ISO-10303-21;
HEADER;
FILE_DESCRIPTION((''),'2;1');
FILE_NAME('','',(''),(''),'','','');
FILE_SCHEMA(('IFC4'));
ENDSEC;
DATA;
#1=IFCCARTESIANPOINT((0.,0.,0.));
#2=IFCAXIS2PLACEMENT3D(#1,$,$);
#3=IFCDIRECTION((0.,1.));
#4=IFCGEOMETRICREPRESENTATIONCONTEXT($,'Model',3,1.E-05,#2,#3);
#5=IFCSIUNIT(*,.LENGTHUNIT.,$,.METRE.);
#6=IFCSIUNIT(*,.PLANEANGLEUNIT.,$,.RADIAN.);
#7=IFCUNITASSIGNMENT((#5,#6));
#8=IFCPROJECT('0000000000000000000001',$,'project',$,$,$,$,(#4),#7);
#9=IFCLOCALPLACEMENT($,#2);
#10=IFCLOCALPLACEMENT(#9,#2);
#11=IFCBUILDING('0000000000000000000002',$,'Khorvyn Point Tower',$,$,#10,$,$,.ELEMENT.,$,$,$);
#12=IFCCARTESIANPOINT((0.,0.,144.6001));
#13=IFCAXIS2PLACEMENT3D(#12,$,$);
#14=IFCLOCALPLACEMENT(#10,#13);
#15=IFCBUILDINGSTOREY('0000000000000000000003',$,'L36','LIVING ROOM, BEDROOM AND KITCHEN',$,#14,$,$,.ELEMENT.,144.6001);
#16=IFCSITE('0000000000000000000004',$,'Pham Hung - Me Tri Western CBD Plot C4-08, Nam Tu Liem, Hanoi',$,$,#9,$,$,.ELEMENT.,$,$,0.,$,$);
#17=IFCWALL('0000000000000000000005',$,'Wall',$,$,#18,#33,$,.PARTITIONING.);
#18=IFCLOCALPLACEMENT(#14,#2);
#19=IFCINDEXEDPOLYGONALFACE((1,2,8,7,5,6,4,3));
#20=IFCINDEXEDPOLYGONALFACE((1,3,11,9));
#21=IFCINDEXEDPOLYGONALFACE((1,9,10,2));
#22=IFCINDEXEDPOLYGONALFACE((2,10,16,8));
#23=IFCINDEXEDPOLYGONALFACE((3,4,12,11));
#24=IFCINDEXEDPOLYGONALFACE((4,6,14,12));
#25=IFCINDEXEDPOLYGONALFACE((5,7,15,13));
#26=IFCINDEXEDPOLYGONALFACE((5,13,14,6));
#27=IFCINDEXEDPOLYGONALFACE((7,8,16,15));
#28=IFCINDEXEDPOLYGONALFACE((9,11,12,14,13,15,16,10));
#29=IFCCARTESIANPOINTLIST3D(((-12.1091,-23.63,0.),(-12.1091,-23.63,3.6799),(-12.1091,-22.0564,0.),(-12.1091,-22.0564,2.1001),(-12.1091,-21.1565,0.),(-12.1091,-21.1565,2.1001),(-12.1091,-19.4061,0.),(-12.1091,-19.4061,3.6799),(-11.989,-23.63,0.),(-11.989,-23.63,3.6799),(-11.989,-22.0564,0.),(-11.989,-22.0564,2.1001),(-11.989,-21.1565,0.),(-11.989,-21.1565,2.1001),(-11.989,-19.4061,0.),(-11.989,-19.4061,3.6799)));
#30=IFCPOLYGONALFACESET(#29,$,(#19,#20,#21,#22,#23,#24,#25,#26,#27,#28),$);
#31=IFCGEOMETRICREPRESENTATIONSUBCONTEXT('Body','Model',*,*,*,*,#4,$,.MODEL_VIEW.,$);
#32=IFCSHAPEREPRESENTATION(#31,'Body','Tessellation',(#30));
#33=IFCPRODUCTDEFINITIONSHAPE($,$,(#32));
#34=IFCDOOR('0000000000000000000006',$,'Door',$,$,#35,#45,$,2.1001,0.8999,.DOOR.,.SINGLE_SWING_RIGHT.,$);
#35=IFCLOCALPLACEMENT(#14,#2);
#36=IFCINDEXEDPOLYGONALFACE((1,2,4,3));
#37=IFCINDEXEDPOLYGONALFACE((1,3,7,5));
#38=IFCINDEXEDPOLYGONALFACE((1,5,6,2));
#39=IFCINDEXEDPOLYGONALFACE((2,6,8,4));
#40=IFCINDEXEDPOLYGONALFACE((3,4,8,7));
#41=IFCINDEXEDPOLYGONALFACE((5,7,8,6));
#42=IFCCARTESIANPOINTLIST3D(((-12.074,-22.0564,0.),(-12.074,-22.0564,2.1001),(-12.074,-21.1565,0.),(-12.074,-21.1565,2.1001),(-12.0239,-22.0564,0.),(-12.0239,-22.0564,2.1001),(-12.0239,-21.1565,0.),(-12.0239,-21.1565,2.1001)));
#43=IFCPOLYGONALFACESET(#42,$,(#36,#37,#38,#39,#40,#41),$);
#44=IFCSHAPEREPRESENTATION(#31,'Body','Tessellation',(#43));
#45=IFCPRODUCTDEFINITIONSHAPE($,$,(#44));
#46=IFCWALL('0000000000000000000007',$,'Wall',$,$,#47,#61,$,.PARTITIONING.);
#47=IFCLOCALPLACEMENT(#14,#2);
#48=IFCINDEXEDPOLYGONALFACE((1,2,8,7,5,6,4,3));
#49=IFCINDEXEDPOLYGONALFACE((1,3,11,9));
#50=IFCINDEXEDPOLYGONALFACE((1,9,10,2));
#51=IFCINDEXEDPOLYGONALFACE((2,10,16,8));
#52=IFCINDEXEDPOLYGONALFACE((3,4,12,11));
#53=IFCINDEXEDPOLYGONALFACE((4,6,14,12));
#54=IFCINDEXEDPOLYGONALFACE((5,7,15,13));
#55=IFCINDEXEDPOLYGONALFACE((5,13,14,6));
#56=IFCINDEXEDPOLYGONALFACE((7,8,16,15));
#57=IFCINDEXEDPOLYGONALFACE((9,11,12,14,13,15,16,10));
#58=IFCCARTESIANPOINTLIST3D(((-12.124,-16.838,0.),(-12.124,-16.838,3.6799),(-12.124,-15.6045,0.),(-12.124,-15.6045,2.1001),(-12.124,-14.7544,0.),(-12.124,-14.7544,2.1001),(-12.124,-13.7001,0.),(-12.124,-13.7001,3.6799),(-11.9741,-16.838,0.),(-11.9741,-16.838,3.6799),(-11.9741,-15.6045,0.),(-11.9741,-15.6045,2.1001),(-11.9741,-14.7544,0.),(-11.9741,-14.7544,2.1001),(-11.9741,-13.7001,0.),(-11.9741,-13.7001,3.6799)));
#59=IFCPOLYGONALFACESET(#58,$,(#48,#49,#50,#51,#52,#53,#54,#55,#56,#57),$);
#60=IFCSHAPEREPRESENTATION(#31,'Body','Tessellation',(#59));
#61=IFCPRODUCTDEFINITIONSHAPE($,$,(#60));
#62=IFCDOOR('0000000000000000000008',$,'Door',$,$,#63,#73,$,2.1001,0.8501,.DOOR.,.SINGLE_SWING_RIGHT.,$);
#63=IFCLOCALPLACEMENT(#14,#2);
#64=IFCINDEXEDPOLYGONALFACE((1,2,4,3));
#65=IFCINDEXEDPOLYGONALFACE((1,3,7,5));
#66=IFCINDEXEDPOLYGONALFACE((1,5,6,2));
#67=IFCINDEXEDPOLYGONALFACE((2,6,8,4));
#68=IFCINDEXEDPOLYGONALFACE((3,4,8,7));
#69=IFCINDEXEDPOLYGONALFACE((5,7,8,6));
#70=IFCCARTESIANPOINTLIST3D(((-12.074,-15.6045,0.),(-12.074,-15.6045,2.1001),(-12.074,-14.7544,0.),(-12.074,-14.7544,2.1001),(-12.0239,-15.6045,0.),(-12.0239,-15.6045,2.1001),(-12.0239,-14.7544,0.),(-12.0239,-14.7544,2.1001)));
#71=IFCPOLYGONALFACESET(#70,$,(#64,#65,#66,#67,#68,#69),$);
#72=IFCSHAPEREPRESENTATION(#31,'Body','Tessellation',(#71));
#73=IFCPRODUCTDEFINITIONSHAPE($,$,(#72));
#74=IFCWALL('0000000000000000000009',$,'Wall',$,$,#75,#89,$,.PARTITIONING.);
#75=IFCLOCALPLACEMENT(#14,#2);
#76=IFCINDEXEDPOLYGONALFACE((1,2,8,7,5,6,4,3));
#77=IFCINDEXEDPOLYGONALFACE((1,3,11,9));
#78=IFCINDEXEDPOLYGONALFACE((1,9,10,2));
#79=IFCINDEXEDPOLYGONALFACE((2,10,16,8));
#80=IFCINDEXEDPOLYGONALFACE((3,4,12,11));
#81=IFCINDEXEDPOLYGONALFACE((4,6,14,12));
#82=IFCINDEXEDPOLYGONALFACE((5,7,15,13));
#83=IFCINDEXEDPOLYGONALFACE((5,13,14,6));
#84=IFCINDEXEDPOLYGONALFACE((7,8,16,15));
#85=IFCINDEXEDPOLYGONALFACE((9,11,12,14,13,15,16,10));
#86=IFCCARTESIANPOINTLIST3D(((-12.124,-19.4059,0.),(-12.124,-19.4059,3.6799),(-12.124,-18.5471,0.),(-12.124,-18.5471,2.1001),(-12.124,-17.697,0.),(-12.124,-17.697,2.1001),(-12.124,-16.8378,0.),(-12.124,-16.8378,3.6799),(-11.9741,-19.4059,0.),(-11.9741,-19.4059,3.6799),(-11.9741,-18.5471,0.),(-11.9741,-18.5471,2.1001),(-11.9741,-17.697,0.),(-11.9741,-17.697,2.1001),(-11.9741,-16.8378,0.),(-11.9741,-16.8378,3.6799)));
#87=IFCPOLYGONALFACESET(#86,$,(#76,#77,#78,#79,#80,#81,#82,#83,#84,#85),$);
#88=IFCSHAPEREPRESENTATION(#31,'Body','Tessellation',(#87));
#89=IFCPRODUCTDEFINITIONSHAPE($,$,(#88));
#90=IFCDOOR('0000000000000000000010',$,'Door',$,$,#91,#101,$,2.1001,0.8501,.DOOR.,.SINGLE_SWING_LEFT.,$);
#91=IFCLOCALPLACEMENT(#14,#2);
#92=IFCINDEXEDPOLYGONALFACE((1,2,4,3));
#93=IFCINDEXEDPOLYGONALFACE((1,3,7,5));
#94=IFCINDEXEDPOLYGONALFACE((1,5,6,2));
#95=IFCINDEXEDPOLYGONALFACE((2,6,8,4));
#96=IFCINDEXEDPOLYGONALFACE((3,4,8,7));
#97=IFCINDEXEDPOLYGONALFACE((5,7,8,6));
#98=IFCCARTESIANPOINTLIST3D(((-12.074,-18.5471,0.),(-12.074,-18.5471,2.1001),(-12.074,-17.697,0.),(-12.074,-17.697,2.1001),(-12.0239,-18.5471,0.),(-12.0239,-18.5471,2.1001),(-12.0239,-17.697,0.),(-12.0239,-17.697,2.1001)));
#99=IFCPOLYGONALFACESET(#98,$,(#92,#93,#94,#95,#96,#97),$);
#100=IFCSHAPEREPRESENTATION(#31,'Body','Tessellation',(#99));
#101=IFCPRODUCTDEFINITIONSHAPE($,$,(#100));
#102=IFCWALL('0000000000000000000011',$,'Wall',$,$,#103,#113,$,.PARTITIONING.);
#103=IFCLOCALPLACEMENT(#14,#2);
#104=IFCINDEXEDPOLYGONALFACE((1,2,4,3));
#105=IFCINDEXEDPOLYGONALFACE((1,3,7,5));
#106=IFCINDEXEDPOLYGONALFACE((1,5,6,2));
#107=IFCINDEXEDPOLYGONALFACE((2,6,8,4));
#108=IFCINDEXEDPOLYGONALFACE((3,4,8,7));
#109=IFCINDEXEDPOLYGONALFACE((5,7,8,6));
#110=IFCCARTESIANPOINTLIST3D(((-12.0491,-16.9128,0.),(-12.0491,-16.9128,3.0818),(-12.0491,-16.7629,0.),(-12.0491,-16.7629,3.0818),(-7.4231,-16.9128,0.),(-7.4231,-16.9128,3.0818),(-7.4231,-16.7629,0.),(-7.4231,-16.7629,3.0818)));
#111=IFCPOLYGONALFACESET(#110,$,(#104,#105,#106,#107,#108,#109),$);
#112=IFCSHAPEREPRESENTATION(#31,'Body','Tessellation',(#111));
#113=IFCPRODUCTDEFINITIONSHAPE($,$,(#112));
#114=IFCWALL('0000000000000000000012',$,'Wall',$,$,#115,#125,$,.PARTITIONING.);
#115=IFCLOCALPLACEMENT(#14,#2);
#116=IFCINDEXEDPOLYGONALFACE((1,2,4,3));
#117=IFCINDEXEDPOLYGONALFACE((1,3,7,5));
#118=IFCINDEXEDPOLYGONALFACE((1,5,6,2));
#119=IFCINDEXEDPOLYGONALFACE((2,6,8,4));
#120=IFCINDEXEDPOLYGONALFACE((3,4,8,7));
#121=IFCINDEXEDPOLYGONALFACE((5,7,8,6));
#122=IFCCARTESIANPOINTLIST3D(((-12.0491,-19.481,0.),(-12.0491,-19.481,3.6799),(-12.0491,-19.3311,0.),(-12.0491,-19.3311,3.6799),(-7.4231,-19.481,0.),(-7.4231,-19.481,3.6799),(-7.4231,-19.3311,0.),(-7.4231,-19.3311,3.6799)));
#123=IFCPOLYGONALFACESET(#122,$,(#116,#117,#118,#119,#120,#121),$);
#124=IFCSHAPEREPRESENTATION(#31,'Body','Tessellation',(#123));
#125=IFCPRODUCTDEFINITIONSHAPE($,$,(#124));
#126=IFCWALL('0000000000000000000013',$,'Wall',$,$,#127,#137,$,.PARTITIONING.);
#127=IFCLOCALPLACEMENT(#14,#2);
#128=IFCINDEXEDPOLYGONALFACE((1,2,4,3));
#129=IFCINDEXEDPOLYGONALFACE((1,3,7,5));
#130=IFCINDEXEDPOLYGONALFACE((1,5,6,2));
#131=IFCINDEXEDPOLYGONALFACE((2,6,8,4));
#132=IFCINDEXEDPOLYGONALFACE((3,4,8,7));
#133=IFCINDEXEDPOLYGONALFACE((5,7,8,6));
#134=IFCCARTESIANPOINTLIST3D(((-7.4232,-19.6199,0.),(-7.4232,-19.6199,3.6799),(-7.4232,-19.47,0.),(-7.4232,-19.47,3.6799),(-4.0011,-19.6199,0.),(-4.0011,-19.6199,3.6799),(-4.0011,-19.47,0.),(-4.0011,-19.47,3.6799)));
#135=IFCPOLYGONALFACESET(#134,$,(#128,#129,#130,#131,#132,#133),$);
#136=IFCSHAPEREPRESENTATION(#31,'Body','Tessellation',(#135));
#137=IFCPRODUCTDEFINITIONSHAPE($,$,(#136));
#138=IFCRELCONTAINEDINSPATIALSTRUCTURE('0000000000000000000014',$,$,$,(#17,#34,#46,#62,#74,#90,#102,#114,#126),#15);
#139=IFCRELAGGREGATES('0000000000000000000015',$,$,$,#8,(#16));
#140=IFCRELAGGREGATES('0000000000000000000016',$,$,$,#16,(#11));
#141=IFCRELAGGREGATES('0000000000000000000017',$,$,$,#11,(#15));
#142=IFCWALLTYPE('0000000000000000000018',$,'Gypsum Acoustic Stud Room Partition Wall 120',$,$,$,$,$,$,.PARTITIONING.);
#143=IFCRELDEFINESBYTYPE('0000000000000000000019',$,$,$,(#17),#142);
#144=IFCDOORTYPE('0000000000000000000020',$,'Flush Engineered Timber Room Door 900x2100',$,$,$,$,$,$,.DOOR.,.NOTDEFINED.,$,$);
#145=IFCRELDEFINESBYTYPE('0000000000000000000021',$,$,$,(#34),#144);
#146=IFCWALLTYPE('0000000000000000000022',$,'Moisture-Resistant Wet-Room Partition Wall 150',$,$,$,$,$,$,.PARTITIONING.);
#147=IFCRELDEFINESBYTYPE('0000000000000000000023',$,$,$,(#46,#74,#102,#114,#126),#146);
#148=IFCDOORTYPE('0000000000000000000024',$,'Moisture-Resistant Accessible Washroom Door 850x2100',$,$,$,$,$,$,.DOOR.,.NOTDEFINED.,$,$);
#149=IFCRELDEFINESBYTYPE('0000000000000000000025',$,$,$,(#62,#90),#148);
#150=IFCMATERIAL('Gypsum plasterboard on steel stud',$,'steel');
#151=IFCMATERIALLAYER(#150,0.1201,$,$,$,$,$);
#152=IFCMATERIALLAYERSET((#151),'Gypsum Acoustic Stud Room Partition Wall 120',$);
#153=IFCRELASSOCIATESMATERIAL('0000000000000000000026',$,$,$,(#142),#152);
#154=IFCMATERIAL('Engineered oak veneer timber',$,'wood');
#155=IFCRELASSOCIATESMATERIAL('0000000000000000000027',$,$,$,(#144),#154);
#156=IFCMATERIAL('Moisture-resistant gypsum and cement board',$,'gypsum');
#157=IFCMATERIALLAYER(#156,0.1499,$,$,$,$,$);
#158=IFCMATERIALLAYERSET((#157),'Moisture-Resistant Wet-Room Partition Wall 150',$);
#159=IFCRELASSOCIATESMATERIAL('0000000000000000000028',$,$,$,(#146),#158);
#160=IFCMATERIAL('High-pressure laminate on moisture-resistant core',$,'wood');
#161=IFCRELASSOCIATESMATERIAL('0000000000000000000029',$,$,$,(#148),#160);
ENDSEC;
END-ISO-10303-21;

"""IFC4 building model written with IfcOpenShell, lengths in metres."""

from ifc_helpers import new_model, si_unit, direction, frame, frame_2d, origin, place, context, subcontext, project, spatial, rectangle, extrude, material, layer, layer_set, type_object, element, fill, save


model = new_model("IFC4")

# Units and contexts
model_context = context("Model", 3, precision=1e-05, world=origin(), true_north=direction((0.0, 1.0)))
body_context = subcontext(model_context, "Body", "Model", "MODEL_VIEW")
ifc_project = project(units=[si_unit("LENGTHUNIT", "METRE"), si_unit("PLANEANGLEUNIT", "RADIAN")], contexts=[model_context])

# Site, building, storey
site_placement = place(None, origin())
site = spatial("IfcSite", under=ifc_project, at=site_placement, Name="Pham Hung - Me Tri Western CBD Plot C4-08, Nam Tu Liem, Hanoi", CompositionType="ELEMENT", RefElevation=0.0)
building_placement = place(site_placement, origin())
building = spatial("IfcBuilding", under=site, at=building_placement, Name="Khorvyn Point Tower", CompositionType="ELEMENT")
storey_placement = place(building_placement, frame((0.0, 0.0, 144.6001)))
storey = spatial("IfcBuildingStorey", under=building, at=storey_placement, Name="L36", Description="LIVING ROOM, BEDROOM AND KITCHEN", CompositionType="ELEMENT", Elevation=144.6001)

# Walls, openings, doors
ifc_material_1 = material(Name="Gypsum plasterboard on steel stud", Category="steel")
ifc_layer_1 = layer(ifc_material_1, 0.1201)
ifc_layer_set_1 = layer_set([ifc_layer_1], Name="Gypsum Acoustic Stud Room Partition Wall 120")
wall_type_1 = type_object("IfcWallType", Name="Gypsum Acoustic Stud Room Partition Wall 120", PredefinedType="PARTITIONING", material=ifc_layer_set_1)
wall_1_placement = place(storey_placement, frame((-12.0491, -23.6299, 0.0), z_axis=(0.0, 0.0, 1.0), x_axis=(0.0, 1.0, 0.0)))
wall_1 = element("IfcWall", 1, at=wall_1_placement, inside=storey, type_object=wall_type_1, Name="Wall", PredefinedType="PARTITIONING", context=body_context, shape_type="SweptSolid", body=[
    extrude(rectangle(XDim=4.2239, YDim=0.1201, at=frame_2d((2.1118, 0.0))), origin(), (0.0, 0.0, 1.0), 3.6799),
])
opening_1_placement = place(wall_1_placement, frame((1.5735, 0.0, 0.0)))
opening_1 = element("IfcOpeningElement", 2, at=opening_1_placement, cuts=wall_1, PredefinedType="OPENING", context=body_context, shape_type="SweptSolid", body=[
    extrude(rectangle(XDim=0.8999, YDim=2.1001, at=frame_2d((0.45, 1.05))), frame((0.0, 0.0701, 0.0), z_axis=(0.0, -1.0, 0.0), x_axis=(1.0, 0.0, 0.0)), (0.0, 0.0, 1.0), 0.1401),
])
ifc_material_2 = material(Name="Engineered oak veneer timber", Category="wood")
door_type_1 = type_object("IfcDoorType", Name="Flush Engineered Timber Room Door 900x2100", OperationType="NOTDEFINED", PredefinedType="DOOR", material=ifc_material_2)
door_1_placement = place(opening_1_placement, origin())
door_1 = element("IfcDoor", 3, at=door_1_placement, inside=storey, type_object=door_type_1, Name="Door", OperationType="SINGLE_SWING_RIGHT", OverallHeight=2.1001, OverallWidth=0.8999, PredefinedType="DOOR", context=body_context, shape_type="SweptSolid", body=[
    extrude(rectangle(XDim=0.8999, YDim=2.1001, at=frame_2d((0.45, 1.05))), frame((0.0, 0.0249, 0.0), z_axis=(0.0, -1.0, 0.0), x_axis=(1.0, 0.0, 0.0)), (0.0, 0.0, 1.0), 0.05),
])
fill(opening_1, door_1)
ifc_material_3 = material(Name="Moisture-resistant gypsum and cement board", Category="gypsum")
ifc_layer_2 = layer(ifc_material_3, 0.1499)
ifc_layer_set_2 = layer_set([ifc_layer_2], Name="Moisture-Resistant Wet-Room Partition Wall 150")
wall_type_2 = type_object("IfcWallType", Name="Moisture-Resistant Wet-Room Partition Wall 150", PredefinedType="PARTITIONING", material=ifc_layer_set_2)
wall_2_placement = place(storey_placement, frame((-12.0491, -16.8379, 0.0), z_axis=(0.0, 0.0, 1.0), x_axis=(0.0, 1.0, 0.0)))
wall_2 = element("IfcWall", 4, at=wall_2_placement, inside=storey, type_object=wall_type_2, Name="Wall", PredefinedType="PARTITIONING", context=body_context, shape_type="SweptSolid", body=[
    extrude(rectangle(XDim=3.1379, YDim=0.1499, at=frame_2d((1.5688, 0.0))), origin(), (0.0, 0.0, 1.0), 3.6799),
])
opening_2_placement = place(wall_2_placement, frame((1.2334, 0.0, 0.0)))
opening_2 = element("IfcOpeningElement", 5, at=opening_2_placement, cuts=wall_2, PredefinedType="OPENING", context=body_context, shape_type="SweptSolid", body=[
    extrude(rectangle(XDim=0.8501, YDim=2.1001, at=frame_2d((0.425, 1.05))), frame((0.0, 0.085, 0.0), z_axis=(0.0, -1.0, 0.0), x_axis=(1.0, 0.0, 0.0)), (0.0, 0.0, 1.0), 0.1699),
])
ifc_material_4 = material(Name="High-pressure laminate on moisture-resistant core", Category="wood")
door_type_2 = type_object("IfcDoorType", Name="Moisture-Resistant Accessible Washroom Door 850x2100", OperationType="NOTDEFINED", PredefinedType="DOOR", material=ifc_material_4)
door_2_placement = place(opening_2_placement, origin())
door_2 = element("IfcDoor", 6, at=door_2_placement, inside=storey, type_object=door_type_2, Name="Door", OperationType="SINGLE_SWING_RIGHT", OverallHeight=2.1001, OverallWidth=0.8501, PredefinedType="DOOR", context=body_context, shape_type="SweptSolid", body=[
    extrude(rectangle(XDim=0.8501, YDim=2.1001, at=frame_2d((0.425, 1.05))), frame((0.0, 0.0249, 0.0), z_axis=(0.0, -1.0, 0.0), x_axis=(1.0, 0.0, 0.0)), (0.0, 0.0, 1.0), 0.05),
])
fill(opening_2, door_2)
wall_3_placement = place(storey_placement, frame((-12.0491, -19.406, 0.0), z_axis=(0.0, 0.0, 1.0), x_axis=(0.0, 1.0, 0.0)))
wall_3 = element("IfcWall", 7, at=wall_3_placement, inside=storey, type_object=wall_type_2, Name="Wall", PredefinedType="PARTITIONING", context=body_context, shape_type="SweptSolid", body=[
    extrude(rectangle(XDim=2.5681, YDim=0.1499, at=frame_2d((1.2842, 0.0))), origin(), (0.0, 0.0, 1.0), 3.6799),
])
opening_3_placement = place(wall_3_placement, frame((0.8589, 0.0, 0.0)))
opening_3 = element("IfcOpeningElement", 8, at=opening_3_placement, cuts=wall_3, PredefinedType="OPENING", context=body_context, shape_type="SweptSolid", body=[
    extrude(rectangle(XDim=0.8501, YDim=2.1001, at=frame_2d((0.425, 1.05))), frame((0.0, 0.085, 0.0), z_axis=(0.0, -1.0, 0.0), x_axis=(1.0, 0.0, 0.0)), (0.0, 0.0, 1.0), 0.1699),
])
door_3_placement = place(opening_3_placement, origin())
door_3 = element("IfcDoor", 9, at=door_3_placement, inside=storey, type_object=door_type_2, Name="Door", OperationType="SINGLE_SWING_LEFT", OverallHeight=2.1001, OverallWidth=0.8501, PredefinedType="DOOR", context=body_context, shape_type="SweptSolid", body=[
    extrude(rectangle(XDim=0.8501, YDim=2.1001, at=frame_2d((0.425, 1.05))), frame((0.0, 0.0249, 0.0), z_axis=(0.0, -1.0, 0.0), x_axis=(1.0, 0.0, 0.0)), (0.0, 0.0, 1.0), 0.05),
])
fill(opening_3, door_3)

# Walls
wall_4_placement = place(storey_placement, frame((-12.0491, -16.8379, 0.0), z_axis=(0.0, 0.0, 1.0), x_axis=(1.0, 0.0, 0.0)))
element("IfcWall", 10, at=wall_4_placement, inside=storey, type_object=wall_type_2, Name="Wall", PredefinedType="PARTITIONING", context=body_context, shape_type="SweptSolid", body=[
    extrude(rectangle(XDim=4.626, YDim=0.1499, at=frame_2d((2.313, 0.0))), origin(), (0.0, 0.0, 1.0), 3.0818),
])
wall_5_placement = place(storey_placement, frame((-12.0491, -19.406, 0.0), z_axis=(0.0, 0.0, 1.0), x_axis=(1.0, 0.0, 0.0)))
element("IfcWall", 11, at=wall_5_placement, inside=storey, type_object=wall_type_2, Name="Wall", PredefinedType="PARTITIONING", context=body_context, shape_type="SweptSolid", body=[
    extrude(rectangle(XDim=4.626, YDim=0.1499, at=frame_2d((2.313, 0.0))), origin(), (0.0, 0.0, 1.0), 3.6799),
])
wall_6_placement = place(storey_placement, frame((-7.4231, -19.5449, 0.0), z_axis=(0.0, 0.0, 1.0), x_axis=(1.0, 0.0, 0.0)))
element("IfcWall", 12, at=wall_6_placement, inside=storey, type_object=wall_type_2, Name="Wall", PredefinedType="PARTITIONING", context=body_context, shape_type="SweptSolid", body=[
    extrude(rectangle(XDim=3.4221, YDim=0.1499, at=frame_2d((1.7109, 0.0))), origin(), (0.0, 0.0, 1.0), 3.6799),
])

save(model, "model.ifc")
